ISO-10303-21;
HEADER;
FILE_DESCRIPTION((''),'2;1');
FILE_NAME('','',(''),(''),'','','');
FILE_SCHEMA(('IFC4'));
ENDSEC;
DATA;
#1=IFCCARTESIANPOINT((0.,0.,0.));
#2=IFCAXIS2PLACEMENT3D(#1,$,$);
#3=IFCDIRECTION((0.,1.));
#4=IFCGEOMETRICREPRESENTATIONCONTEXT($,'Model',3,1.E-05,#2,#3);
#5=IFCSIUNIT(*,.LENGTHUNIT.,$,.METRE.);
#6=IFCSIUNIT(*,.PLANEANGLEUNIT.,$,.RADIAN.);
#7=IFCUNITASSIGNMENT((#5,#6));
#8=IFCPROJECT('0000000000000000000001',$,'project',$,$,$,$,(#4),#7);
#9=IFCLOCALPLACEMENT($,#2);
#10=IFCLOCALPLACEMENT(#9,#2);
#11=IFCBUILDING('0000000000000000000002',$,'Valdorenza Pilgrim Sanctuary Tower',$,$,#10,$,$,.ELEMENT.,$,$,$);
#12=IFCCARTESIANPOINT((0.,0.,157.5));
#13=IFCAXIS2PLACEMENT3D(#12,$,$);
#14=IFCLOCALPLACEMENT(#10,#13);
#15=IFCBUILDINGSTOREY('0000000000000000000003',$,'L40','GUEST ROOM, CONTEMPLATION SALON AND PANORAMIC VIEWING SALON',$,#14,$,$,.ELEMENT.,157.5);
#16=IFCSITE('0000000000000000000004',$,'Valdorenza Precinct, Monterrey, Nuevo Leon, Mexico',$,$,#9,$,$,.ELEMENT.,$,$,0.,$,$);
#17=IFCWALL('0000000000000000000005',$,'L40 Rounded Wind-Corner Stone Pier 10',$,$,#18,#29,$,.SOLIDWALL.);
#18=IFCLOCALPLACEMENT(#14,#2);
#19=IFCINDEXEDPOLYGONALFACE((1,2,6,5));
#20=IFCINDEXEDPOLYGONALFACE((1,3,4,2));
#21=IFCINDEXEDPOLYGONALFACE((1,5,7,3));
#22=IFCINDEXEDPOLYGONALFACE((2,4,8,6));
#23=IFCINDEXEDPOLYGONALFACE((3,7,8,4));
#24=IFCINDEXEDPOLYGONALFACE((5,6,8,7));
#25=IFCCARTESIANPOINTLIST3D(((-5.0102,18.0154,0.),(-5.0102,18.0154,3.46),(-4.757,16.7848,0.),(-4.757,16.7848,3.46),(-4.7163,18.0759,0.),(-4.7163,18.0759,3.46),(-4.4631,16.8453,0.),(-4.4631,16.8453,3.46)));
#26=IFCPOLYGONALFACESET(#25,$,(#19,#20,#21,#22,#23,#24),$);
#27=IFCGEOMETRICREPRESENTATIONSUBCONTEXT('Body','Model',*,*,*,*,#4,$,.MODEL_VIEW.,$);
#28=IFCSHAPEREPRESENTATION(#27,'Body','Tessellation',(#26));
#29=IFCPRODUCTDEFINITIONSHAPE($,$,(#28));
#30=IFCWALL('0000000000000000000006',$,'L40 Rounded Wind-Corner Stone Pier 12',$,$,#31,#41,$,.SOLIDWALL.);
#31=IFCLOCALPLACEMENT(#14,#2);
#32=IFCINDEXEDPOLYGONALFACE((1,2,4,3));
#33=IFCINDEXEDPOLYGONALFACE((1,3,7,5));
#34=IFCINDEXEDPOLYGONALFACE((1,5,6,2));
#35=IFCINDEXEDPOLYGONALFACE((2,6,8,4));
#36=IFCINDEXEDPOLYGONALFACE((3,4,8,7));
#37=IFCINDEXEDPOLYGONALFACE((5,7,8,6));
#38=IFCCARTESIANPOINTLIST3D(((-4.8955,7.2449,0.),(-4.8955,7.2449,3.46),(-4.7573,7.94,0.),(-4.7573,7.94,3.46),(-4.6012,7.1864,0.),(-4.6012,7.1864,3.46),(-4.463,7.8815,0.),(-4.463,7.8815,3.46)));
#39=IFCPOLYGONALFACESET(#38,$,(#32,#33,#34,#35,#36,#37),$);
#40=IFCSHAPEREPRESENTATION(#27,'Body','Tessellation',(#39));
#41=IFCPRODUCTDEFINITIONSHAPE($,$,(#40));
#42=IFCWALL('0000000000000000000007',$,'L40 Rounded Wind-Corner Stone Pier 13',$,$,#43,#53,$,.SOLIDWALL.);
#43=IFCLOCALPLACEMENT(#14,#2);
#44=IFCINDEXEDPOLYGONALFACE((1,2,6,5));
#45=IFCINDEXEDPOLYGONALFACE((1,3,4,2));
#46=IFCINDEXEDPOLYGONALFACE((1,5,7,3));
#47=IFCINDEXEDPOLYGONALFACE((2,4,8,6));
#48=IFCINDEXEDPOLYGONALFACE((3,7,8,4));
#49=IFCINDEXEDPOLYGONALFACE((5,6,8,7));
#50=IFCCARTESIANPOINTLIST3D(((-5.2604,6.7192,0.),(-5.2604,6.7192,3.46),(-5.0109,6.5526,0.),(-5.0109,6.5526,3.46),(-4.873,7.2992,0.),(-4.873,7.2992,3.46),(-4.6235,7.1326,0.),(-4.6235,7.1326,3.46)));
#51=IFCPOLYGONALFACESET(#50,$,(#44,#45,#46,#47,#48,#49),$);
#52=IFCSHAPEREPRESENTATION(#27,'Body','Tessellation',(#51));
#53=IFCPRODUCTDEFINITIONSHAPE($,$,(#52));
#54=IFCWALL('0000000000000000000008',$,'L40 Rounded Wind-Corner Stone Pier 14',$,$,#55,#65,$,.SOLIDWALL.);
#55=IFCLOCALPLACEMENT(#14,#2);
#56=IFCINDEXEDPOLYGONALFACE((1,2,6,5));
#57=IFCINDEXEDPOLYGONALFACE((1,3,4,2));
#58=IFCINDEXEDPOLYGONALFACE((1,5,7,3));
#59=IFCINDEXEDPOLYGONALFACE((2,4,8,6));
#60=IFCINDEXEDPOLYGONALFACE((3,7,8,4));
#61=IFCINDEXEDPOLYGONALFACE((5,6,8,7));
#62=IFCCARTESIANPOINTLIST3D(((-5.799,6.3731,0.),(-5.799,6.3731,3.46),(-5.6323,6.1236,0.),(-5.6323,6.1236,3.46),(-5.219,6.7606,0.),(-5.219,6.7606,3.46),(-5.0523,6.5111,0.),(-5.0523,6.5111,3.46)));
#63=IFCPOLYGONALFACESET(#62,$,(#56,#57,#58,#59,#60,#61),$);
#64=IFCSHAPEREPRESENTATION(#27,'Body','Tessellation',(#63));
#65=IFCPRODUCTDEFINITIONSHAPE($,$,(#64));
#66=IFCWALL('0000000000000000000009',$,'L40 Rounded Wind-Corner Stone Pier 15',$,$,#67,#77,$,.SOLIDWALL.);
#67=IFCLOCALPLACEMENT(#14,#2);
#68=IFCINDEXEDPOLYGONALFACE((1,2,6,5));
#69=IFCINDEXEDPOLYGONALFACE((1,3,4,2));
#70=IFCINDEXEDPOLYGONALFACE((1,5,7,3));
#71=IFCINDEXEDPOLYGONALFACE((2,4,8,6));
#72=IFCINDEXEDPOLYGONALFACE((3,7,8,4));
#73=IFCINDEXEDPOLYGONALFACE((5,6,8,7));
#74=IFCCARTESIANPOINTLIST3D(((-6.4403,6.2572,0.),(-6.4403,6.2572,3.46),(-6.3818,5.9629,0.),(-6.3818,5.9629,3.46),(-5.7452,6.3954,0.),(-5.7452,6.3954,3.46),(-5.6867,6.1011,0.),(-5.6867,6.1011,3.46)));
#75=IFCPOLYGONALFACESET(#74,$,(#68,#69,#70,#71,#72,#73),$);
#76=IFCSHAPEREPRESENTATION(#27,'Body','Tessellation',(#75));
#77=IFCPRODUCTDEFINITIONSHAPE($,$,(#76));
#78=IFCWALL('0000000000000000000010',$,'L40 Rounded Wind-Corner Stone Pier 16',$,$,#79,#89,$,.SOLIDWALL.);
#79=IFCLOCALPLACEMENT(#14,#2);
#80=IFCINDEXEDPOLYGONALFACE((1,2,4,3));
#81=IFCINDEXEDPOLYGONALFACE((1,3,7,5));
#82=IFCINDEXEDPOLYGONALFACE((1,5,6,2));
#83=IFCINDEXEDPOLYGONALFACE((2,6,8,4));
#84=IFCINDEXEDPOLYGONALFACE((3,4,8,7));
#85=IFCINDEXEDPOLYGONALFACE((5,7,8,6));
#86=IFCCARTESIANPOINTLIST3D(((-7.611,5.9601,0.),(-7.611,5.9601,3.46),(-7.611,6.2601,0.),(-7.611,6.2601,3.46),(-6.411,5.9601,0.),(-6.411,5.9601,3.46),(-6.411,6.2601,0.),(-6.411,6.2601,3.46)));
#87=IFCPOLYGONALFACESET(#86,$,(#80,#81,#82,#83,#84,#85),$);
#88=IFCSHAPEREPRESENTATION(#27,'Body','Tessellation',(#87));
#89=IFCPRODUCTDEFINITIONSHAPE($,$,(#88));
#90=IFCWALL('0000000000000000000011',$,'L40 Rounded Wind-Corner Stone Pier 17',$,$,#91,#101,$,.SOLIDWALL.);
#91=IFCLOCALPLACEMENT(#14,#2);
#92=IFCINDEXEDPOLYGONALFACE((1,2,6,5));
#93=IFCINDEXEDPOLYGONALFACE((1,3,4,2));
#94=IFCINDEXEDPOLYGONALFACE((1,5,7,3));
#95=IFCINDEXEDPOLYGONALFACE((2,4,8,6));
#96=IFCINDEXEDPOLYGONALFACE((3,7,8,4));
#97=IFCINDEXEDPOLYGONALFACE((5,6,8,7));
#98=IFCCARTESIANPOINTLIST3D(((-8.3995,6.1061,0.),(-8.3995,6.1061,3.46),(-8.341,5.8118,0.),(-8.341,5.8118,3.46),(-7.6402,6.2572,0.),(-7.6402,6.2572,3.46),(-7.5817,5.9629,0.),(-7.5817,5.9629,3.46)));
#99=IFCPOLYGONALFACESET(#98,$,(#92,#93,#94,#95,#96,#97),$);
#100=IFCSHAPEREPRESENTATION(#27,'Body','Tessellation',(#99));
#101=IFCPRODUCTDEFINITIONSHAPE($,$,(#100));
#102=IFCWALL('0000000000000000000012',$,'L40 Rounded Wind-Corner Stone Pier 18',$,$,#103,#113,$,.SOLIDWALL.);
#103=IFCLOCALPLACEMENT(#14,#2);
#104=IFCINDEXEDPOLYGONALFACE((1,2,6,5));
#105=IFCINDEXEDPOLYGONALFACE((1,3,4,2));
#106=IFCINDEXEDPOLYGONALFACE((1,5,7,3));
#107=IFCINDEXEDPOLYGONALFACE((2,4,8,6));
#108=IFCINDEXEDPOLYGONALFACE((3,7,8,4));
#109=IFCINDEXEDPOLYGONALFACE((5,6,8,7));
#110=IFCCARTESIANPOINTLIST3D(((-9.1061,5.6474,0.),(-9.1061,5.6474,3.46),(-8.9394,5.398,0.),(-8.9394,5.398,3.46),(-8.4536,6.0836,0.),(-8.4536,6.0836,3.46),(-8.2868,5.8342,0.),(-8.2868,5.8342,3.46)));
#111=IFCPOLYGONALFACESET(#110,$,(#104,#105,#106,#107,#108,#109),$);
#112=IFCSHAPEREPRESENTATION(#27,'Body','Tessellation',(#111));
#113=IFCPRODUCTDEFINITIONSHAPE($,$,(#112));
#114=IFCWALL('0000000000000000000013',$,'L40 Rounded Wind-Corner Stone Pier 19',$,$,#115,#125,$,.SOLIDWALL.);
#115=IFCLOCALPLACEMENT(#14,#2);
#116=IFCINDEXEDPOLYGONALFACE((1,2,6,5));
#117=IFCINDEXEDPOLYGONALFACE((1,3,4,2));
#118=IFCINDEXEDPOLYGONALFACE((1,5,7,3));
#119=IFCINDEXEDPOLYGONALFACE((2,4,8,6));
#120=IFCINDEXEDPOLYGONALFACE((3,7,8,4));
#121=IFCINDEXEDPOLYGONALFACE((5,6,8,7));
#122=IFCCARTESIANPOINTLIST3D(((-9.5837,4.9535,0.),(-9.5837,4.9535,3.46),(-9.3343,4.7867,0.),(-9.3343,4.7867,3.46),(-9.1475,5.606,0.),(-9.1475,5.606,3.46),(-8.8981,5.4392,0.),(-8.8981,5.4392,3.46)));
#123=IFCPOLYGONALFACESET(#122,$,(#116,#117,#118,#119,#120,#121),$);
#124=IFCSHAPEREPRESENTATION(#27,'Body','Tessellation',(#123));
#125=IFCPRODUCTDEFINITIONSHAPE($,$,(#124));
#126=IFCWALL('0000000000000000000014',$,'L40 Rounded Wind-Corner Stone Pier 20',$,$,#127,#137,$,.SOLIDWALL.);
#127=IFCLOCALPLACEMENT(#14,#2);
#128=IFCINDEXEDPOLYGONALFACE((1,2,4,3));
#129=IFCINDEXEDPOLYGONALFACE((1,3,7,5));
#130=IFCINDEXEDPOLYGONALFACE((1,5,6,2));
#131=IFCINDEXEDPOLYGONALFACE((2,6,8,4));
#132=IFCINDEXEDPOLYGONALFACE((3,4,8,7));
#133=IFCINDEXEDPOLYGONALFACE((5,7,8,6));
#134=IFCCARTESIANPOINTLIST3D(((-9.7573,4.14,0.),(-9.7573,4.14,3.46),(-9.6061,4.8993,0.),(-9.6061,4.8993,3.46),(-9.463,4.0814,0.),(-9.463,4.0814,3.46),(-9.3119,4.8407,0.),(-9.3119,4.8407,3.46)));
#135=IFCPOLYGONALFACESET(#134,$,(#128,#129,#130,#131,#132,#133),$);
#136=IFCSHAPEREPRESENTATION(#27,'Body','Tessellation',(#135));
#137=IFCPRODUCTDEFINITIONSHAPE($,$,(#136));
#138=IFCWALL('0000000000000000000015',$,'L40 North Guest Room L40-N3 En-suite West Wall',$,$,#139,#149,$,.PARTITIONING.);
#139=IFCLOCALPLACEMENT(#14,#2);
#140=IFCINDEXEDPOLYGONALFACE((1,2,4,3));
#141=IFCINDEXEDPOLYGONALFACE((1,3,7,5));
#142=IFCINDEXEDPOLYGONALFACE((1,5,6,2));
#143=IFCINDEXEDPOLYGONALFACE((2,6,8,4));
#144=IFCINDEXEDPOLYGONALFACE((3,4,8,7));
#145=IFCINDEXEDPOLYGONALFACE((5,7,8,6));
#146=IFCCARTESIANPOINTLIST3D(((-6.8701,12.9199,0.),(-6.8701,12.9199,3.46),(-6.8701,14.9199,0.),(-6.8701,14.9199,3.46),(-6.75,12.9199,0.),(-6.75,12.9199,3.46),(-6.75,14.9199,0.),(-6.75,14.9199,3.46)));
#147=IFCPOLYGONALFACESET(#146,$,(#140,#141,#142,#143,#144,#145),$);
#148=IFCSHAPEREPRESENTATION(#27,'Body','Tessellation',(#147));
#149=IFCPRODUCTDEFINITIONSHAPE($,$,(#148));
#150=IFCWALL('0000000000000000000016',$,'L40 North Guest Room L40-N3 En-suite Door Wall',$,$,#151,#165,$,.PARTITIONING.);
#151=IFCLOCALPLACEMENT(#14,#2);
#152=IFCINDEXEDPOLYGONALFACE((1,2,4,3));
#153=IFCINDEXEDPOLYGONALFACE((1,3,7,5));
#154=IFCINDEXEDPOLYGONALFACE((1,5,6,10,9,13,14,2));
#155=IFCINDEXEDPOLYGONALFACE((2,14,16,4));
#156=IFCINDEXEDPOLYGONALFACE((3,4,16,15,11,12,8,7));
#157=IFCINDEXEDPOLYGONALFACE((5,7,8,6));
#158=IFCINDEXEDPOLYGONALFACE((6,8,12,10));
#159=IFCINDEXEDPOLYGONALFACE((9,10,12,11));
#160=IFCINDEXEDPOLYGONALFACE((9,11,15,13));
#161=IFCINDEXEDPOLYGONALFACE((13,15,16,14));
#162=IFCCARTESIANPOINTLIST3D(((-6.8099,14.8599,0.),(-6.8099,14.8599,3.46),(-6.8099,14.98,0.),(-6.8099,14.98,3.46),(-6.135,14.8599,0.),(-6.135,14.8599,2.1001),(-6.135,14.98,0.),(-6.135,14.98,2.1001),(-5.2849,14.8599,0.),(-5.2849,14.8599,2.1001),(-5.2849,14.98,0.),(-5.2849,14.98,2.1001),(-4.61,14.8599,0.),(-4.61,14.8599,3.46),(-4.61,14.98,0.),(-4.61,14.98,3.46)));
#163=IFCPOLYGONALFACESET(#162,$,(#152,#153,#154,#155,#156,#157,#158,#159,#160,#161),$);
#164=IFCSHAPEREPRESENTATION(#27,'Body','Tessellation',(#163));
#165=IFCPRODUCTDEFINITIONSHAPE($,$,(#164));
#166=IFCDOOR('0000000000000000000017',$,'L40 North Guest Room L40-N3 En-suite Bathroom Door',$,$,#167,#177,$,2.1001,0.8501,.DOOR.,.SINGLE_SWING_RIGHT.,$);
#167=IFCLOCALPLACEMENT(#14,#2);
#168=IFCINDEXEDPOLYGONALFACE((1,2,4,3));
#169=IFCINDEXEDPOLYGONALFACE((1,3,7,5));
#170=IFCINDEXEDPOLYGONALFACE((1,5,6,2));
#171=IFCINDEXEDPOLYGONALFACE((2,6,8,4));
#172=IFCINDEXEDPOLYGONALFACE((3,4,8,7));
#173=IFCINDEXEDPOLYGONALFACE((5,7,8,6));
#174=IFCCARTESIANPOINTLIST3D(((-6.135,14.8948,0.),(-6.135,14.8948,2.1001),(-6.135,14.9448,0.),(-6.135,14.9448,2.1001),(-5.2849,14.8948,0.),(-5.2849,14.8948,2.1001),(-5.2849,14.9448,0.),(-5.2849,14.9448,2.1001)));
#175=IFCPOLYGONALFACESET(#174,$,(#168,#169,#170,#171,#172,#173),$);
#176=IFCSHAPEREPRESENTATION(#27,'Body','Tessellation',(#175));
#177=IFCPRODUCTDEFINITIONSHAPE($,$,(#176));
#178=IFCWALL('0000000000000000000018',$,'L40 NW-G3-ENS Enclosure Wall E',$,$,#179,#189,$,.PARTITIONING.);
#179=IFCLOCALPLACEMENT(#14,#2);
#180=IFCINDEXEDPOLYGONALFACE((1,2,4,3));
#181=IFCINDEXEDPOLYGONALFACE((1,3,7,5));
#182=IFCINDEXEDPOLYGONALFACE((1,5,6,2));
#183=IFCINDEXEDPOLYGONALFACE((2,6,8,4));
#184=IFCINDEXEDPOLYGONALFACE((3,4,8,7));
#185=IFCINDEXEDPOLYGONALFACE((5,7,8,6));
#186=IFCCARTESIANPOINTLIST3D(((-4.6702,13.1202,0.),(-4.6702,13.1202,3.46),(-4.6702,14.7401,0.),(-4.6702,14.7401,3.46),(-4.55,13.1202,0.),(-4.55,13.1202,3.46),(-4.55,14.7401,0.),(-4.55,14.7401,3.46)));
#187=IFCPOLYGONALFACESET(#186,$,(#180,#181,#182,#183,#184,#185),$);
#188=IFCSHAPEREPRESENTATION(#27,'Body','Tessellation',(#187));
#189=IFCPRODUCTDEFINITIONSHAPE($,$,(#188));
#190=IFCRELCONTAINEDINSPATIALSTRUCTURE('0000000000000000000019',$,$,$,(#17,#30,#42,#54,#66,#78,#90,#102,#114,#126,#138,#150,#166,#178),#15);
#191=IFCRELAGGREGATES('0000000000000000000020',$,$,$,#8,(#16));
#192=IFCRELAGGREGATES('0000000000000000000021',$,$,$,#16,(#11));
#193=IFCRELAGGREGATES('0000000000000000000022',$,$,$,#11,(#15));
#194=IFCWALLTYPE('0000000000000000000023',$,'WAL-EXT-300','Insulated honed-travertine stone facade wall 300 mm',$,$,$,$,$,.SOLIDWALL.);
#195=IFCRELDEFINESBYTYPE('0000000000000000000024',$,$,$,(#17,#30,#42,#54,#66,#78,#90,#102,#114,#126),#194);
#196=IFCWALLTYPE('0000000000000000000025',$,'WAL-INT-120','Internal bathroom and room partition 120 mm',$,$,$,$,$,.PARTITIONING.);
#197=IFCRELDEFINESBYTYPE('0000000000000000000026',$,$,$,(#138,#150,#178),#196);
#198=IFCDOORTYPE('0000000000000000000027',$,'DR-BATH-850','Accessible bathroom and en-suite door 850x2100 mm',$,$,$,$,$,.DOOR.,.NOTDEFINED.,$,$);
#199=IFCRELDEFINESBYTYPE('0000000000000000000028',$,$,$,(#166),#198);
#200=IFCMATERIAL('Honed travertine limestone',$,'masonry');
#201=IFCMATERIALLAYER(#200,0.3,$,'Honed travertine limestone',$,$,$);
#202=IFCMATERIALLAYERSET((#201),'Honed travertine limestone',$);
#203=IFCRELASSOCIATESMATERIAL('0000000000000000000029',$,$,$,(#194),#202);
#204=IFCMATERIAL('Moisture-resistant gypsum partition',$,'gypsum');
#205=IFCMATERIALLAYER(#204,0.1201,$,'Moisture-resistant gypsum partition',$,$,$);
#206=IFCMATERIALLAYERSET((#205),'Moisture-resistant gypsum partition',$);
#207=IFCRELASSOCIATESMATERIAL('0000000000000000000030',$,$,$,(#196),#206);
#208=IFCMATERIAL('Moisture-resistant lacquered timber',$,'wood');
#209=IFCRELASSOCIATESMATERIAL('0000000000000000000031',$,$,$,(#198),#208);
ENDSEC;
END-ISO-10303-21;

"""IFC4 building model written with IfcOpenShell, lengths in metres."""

from ifc_helpers import new_model, si_unit, direction, frame, frame_2d, origin, place, context, subcontext, project, spatial, rectangle, extrude, material, layer, layer_set, type_object, element, fill, save


model = new_model("IFC4")

# Units and contexts
model_context = context("Model", 3, precision=1e-05, world=origin(), true_north=direction((0.0, 1.0)))
body_context = subcontext(model_context, "Body", "Model", "MODEL_VIEW")
ifc_project = project(units=[si_unit("LENGTHUNIT", "METRE"), si_unit("PLANEANGLEUNIT", "RADIAN")], contexts=[model_context])

# Site, building, storey
site_placement = place(None, origin())
site = spatial("IfcSite", under=ifc_project, at=site_placement, Name="Valdorenza Precinct, Monterrey, Nuevo Leon, Mexico", CompositionType="ELEMENT", RefElevation=0.0)
building_placement = place(site_placement, origin())
building = spatial("IfcBuilding", under=site, at=building_placement, Name="Valdorenza Pilgrim Sanctuary Tower", CompositionType="ELEMENT")
storey_placement = place(building_placement, frame((0.0, 0.0, 157.5)))
storey = spatial("IfcBuildingStorey", under=building, at=storey_placement, Name="L40", Description="GUEST ROOM, CONTEMPLATION SALON AND PANORAMIC VIEWING SALON", CompositionType="ELEMENT", Elevation=157.5)

# Shared definitions
ifc_material_1 = material(Name="Honed travertine limestone", Category="masonry")

# Walls
ifc_layer_1 = layer(ifc_material_1, 0.3, Name="Honed travertine limestone")
ifc_layer_set_1 = layer_set([ifc_layer_1], Name="Honed travertine limestone")
wall_type_1 = type_object("IfcWallType", Name="WAL-EXT-300", Description="Insulated honed-travertine stone facade wall 300 mm", PredefinedType="SOLIDWALL", material=ifc_layer_set_1)
wall_1_placement = place(storey_placement, frame((-4.8633, 18.0457, 0.0), z_axis=(0.0, 0.0, 1.0), x_axis=(0.201532, -0.979482, 0.0)))
element("IfcWall", 1, at=wall_1_placement, inside=storey, type_object=wall_type_1, Name="L40 Rounded Wind-Corner Stone Pier 10", PredefinedType="SOLIDWALL", context=body_context, shape_type="SweptSolid", body=[
    extrude(rectangle(XDim=1.2563, YDim=0.3, at=frame_2d((0.6282, 0.0))), origin(), (0.0, 0.0, 1.0), 3.46),
])
wall_2_placement = place(storey_placement, frame((-4.6101, 7.9109, 0.0), z_axis=(0.0, 0.0, 1.0), x_axis=(-0.19499, -0.980805, 0.0)))
element("IfcWall", 2, at=wall_2_placement, inside=storey, type_object=wall_type_1, Name="L40 Rounded Wind-Corner Stone Pier 12", PredefinedType="SOLIDWALL", context=body_context, shape_type="SweptSolid", body=[
    extrude(rectangle(XDim=0.7087, YDim=0.3, at=frame_2d((0.3545, 0.0))), origin(), (0.0, 0.0, 1.0), 3.46),
])
for number, where, z_axis, x_axis, name in (
    (3, (-4.7483, 7.2158, 0.0), (0.0, 0.0, 1.0), (-0.555427, -0.831565, 0.0), "L40 Rounded Wind-Corner Stone Pier 13"),
    (4, (-5.1357, 6.6357, 0.0), (0.0, 0.0, 1.0), (-0.831565, -0.555427, 0.0), "L40 Rounded Wind-Corner Stone Pier 14"),
):
    element("IfcWall", number, at=place(storey_placement, frame(where, z_axis=z_axis, x_axis=x_axis)), inside=storey, type_object=wall_type_1, Name=name, PredefinedType="SOLIDWALL", context=body_context, shape_type="SweptSolid", body=[
        extrude(rectangle(XDim=0.6975, YDim=0.3, at=frame_2d((0.3486, 0.0))), origin(), (0.0, 0.0, 1.0), 3.46),
    ])
wall_3_placement = place(storey_placement, frame((-5.7158, 6.2483, 0.0), z_axis=(0.0, 0.0, 1.0), x_axis=(-0.980805, -0.19499, 0.0)))
element("IfcWall", 5, at=wall_3_placement, inside=storey, type_object=wall_type_1, Name="L40 Rounded Wind-Corner Stone Pier 15", PredefinedType="SOLIDWALL", context=body_context, shape_type="SweptSolid", body=[
    extrude(rectangle(XDim=0.7087, YDim=0.3, at=frame_2d((0.3545, 0.0))), origin(), (0.0, 0.0, 1.0), 3.46),
])
wall_4_placement = place(storey_placement, frame((-6.4109, 6.1101, 0.0), z_axis=(0.0, 0.0, 1.0), x_axis=(-1.0, 0.0, 0.0)))
element("IfcWall", 6, at=wall_4_placement, inside=storey, type_object=wall_type_1, Name="L40 Rounded Wind-Corner Stone Pier 16", PredefinedType="SOLIDWALL", context=body_context, shape_type="SweptSolid", body=[
    extrude(rectangle(XDim=1.2, YDim=0.3, at=frame_2d((0.6001, 0.0))), origin(), (0.0, 0.0, 1.0), 3.46),
])
wall_5_placement = place(storey_placement, frame((-7.6108, 6.1101, 0.0), z_axis=(0.0, 0.0, 1.0), x_axis=(-0.980762, -0.195206, 0.0)))
element("IfcWall", 7, at=wall_5_placement, inside=storey, type_object=wall_type_1, Name="L40 Rounded Wind-Corner Stone Pier 17", PredefinedType="SOLIDWALL", context=body_context, shape_type="SweptSolid", body=[
    extrude(rectangle(XDim=0.7742, YDim=0.3, at=frame_2d((0.3872, 0.0))), origin(), (0.0, 0.0, 1.0), 3.46),
])
for number, where, z_axis, x_axis, name in (
    (8, (-8.3701, 5.959, 0.0), (0.0, 0.0, 1.0), (-0.831332, -0.555776, 0.0), "L40 Rounded Wind-Corner Stone Pier 18"),
    (9, (-9.0227, 5.5227, 0.0), (0.0, 0.0, 1.0), (-0.555776, -0.831332, 0.0), "L40 Rounded Wind-Corner Stone Pier 19"),
):
    element("IfcWall", number, at=place(storey_placement, frame(where, z_axis=z_axis, x_axis=x_axis)), inside=storey, type_object=wall_type_1, Name=name, PredefinedType="SOLIDWALL", context=body_context, shape_type="SweptSolid", body=[
        extrude(rectangle(XDim=0.7849, YDim=0.3, at=frame_2d((0.3926, 0.0))), origin(), (0.0, 0.0, 1.0), 3.46),
    ])
wall_6_placement = place(storey_placement, frame((-9.459, 4.8701, 0.0), z_axis=(0.0, 0.0, 1.0), x_axis=(-0.195206, -0.980762, 0.0)))
element("IfcWall", 10, at=wall_6_placement, inside=storey, type_object=wall_type_1, Name="L40 Rounded Wind-Corner Stone Pier 20", PredefinedType="SOLIDWALL", context=body_context, shape_type="SweptSolid", body=[
    extrude(rectangle(XDim=0.7742, YDim=0.3, at=frame_2d((0.3872, 0.0))), origin(), (0.0, 0.0, 1.0), 3.46),
])
ifc_material_2 = material(Name="Moisture-resistant gypsum partition", Category="gypsum")
ifc_layer_2 = layer(ifc_material_2, 0.1201, Name="Moisture-resistant gypsum partition")
ifc_layer_set_2 = layer_set([ifc_layer_2], Name="Moisture-resistant gypsum partition")
wall_type_2 = type_object("IfcWallType", Name="WAL-INT-120", Description="Internal bathroom and room partition 120 mm", PredefinedType="PARTITIONING", material=ifc_layer_set_2)
wall_7_placement = place(storey_placement, frame((-6.8101, 12.9199, 0.0), z_axis=(0.0, 0.0, 1.0), x_axis=(0.0, 1.0, 0.0)))
element("IfcWall", 11, at=wall_7_placement, inside=storey, type_object=wall_type_2, Name="L40 North Guest Room L40-N3 En-suite West Wall", PredefinedType="PARTITIONING", context=body_context, shape_type="SweptSolid", body=[
    extrude(rectangle(XDim=2.0, YDim=0.1201, at=frame_2d((1.0, 0.0))), origin(), (0.0, 0.0, 1.0), 3.46),
])

# Wall, opening, door
wall_8_placement = place(storey_placement, frame((-6.8101, 14.9199, 0.0), z_axis=(0.0, 0.0, 1.0), x_axis=(1.0, 0.0, 0.0)))
wall_8 = element("IfcWall", 12, at=wall_8_placement, inside=storey, type_object=wall_type_2, Name="L40 North Guest Room L40-N3 En-suite Door Wall", PredefinedType="PARTITIONING", context=body_context, shape_type="SweptSolid", body=[
    extrude(rectangle(XDim=2.2, YDim=0.1201, at=frame_2d((1.1001, 0.0))), origin(), (0.0, 0.0, 1.0), 3.46),
])
opening_placement = place(wall_8_placement, frame((0.675, 0.0, 0.0)))
opening = element("IfcOpeningElement", 13, at=opening_placement, cuts=wall_8, PredefinedType="OPENING", context=body_context, shape_type="SweptSolid", body=[
    extrude(rectangle(XDim=0.8501, YDim=2.1001, at=frame_2d((0.425, 1.05))), frame((0.0, 0.075, 0.0), z_axis=(0.0, -1.0, 0.0), x_axis=(1.0, 0.0, 0.0)), (0.0, 0.0, 1.0), 0.1499),
])
ifc_material_3 = material(Name="Moisture-resistant lacquered timber", Category="wood")
door_type = type_object("IfcDoorType", Name="DR-BATH-850", Description="Accessible bathroom and en-suite door 850x2100 mm", OperationType="NOTDEFINED", PredefinedType="DOOR", material=ifc_material_3)
door_placement = place(opening_placement, origin())
door = element("IfcDoor", 14, at=door_placement, inside=storey, type_object=door_type, Name="L40 North Guest Room L40-N3 En-suite Bathroom Door", OperationType="SINGLE_SWING_RIGHT", OverallHeight=2.1001, OverallWidth=0.8501, PredefinedType="DOOR", context=body_context, shape_type="SweptSolid", body=[
    extrude(rectangle(XDim=0.8501, YDim=2.1001, at=frame_2d((0.425, 1.05))), frame((0.0, 0.0249, 0.0), z_axis=(0.0, -1.0, 0.0), x_axis=(1.0, 0.0, 0.0)), (0.0, 0.0, 1.0), 0.05),
])
fill(opening, door)

# Wall
wall_9_placement = place(storey_placement, frame((-4.6101, 13.1201, 0.0), z_axis=(0.0, 0.0, 1.0), x_axis=(0.0, 1.0, 0.0)))
element("IfcWall", 15, at=wall_9_placement, inside=storey, type_object=wall_type_2, Name="L40 NW-G3-ENS Enclosure Wall E", PredefinedType="PARTITIONING", context=body_context, shape_type="SweptSolid", body=[
    extrude(rectangle(XDim=1.6199, YDim=0.1201, at=frame_2d((0.8101, 0.0))), origin(), (0.0, 0.0, 1.0), 3.46),
])

save(model, "model.ifc")
